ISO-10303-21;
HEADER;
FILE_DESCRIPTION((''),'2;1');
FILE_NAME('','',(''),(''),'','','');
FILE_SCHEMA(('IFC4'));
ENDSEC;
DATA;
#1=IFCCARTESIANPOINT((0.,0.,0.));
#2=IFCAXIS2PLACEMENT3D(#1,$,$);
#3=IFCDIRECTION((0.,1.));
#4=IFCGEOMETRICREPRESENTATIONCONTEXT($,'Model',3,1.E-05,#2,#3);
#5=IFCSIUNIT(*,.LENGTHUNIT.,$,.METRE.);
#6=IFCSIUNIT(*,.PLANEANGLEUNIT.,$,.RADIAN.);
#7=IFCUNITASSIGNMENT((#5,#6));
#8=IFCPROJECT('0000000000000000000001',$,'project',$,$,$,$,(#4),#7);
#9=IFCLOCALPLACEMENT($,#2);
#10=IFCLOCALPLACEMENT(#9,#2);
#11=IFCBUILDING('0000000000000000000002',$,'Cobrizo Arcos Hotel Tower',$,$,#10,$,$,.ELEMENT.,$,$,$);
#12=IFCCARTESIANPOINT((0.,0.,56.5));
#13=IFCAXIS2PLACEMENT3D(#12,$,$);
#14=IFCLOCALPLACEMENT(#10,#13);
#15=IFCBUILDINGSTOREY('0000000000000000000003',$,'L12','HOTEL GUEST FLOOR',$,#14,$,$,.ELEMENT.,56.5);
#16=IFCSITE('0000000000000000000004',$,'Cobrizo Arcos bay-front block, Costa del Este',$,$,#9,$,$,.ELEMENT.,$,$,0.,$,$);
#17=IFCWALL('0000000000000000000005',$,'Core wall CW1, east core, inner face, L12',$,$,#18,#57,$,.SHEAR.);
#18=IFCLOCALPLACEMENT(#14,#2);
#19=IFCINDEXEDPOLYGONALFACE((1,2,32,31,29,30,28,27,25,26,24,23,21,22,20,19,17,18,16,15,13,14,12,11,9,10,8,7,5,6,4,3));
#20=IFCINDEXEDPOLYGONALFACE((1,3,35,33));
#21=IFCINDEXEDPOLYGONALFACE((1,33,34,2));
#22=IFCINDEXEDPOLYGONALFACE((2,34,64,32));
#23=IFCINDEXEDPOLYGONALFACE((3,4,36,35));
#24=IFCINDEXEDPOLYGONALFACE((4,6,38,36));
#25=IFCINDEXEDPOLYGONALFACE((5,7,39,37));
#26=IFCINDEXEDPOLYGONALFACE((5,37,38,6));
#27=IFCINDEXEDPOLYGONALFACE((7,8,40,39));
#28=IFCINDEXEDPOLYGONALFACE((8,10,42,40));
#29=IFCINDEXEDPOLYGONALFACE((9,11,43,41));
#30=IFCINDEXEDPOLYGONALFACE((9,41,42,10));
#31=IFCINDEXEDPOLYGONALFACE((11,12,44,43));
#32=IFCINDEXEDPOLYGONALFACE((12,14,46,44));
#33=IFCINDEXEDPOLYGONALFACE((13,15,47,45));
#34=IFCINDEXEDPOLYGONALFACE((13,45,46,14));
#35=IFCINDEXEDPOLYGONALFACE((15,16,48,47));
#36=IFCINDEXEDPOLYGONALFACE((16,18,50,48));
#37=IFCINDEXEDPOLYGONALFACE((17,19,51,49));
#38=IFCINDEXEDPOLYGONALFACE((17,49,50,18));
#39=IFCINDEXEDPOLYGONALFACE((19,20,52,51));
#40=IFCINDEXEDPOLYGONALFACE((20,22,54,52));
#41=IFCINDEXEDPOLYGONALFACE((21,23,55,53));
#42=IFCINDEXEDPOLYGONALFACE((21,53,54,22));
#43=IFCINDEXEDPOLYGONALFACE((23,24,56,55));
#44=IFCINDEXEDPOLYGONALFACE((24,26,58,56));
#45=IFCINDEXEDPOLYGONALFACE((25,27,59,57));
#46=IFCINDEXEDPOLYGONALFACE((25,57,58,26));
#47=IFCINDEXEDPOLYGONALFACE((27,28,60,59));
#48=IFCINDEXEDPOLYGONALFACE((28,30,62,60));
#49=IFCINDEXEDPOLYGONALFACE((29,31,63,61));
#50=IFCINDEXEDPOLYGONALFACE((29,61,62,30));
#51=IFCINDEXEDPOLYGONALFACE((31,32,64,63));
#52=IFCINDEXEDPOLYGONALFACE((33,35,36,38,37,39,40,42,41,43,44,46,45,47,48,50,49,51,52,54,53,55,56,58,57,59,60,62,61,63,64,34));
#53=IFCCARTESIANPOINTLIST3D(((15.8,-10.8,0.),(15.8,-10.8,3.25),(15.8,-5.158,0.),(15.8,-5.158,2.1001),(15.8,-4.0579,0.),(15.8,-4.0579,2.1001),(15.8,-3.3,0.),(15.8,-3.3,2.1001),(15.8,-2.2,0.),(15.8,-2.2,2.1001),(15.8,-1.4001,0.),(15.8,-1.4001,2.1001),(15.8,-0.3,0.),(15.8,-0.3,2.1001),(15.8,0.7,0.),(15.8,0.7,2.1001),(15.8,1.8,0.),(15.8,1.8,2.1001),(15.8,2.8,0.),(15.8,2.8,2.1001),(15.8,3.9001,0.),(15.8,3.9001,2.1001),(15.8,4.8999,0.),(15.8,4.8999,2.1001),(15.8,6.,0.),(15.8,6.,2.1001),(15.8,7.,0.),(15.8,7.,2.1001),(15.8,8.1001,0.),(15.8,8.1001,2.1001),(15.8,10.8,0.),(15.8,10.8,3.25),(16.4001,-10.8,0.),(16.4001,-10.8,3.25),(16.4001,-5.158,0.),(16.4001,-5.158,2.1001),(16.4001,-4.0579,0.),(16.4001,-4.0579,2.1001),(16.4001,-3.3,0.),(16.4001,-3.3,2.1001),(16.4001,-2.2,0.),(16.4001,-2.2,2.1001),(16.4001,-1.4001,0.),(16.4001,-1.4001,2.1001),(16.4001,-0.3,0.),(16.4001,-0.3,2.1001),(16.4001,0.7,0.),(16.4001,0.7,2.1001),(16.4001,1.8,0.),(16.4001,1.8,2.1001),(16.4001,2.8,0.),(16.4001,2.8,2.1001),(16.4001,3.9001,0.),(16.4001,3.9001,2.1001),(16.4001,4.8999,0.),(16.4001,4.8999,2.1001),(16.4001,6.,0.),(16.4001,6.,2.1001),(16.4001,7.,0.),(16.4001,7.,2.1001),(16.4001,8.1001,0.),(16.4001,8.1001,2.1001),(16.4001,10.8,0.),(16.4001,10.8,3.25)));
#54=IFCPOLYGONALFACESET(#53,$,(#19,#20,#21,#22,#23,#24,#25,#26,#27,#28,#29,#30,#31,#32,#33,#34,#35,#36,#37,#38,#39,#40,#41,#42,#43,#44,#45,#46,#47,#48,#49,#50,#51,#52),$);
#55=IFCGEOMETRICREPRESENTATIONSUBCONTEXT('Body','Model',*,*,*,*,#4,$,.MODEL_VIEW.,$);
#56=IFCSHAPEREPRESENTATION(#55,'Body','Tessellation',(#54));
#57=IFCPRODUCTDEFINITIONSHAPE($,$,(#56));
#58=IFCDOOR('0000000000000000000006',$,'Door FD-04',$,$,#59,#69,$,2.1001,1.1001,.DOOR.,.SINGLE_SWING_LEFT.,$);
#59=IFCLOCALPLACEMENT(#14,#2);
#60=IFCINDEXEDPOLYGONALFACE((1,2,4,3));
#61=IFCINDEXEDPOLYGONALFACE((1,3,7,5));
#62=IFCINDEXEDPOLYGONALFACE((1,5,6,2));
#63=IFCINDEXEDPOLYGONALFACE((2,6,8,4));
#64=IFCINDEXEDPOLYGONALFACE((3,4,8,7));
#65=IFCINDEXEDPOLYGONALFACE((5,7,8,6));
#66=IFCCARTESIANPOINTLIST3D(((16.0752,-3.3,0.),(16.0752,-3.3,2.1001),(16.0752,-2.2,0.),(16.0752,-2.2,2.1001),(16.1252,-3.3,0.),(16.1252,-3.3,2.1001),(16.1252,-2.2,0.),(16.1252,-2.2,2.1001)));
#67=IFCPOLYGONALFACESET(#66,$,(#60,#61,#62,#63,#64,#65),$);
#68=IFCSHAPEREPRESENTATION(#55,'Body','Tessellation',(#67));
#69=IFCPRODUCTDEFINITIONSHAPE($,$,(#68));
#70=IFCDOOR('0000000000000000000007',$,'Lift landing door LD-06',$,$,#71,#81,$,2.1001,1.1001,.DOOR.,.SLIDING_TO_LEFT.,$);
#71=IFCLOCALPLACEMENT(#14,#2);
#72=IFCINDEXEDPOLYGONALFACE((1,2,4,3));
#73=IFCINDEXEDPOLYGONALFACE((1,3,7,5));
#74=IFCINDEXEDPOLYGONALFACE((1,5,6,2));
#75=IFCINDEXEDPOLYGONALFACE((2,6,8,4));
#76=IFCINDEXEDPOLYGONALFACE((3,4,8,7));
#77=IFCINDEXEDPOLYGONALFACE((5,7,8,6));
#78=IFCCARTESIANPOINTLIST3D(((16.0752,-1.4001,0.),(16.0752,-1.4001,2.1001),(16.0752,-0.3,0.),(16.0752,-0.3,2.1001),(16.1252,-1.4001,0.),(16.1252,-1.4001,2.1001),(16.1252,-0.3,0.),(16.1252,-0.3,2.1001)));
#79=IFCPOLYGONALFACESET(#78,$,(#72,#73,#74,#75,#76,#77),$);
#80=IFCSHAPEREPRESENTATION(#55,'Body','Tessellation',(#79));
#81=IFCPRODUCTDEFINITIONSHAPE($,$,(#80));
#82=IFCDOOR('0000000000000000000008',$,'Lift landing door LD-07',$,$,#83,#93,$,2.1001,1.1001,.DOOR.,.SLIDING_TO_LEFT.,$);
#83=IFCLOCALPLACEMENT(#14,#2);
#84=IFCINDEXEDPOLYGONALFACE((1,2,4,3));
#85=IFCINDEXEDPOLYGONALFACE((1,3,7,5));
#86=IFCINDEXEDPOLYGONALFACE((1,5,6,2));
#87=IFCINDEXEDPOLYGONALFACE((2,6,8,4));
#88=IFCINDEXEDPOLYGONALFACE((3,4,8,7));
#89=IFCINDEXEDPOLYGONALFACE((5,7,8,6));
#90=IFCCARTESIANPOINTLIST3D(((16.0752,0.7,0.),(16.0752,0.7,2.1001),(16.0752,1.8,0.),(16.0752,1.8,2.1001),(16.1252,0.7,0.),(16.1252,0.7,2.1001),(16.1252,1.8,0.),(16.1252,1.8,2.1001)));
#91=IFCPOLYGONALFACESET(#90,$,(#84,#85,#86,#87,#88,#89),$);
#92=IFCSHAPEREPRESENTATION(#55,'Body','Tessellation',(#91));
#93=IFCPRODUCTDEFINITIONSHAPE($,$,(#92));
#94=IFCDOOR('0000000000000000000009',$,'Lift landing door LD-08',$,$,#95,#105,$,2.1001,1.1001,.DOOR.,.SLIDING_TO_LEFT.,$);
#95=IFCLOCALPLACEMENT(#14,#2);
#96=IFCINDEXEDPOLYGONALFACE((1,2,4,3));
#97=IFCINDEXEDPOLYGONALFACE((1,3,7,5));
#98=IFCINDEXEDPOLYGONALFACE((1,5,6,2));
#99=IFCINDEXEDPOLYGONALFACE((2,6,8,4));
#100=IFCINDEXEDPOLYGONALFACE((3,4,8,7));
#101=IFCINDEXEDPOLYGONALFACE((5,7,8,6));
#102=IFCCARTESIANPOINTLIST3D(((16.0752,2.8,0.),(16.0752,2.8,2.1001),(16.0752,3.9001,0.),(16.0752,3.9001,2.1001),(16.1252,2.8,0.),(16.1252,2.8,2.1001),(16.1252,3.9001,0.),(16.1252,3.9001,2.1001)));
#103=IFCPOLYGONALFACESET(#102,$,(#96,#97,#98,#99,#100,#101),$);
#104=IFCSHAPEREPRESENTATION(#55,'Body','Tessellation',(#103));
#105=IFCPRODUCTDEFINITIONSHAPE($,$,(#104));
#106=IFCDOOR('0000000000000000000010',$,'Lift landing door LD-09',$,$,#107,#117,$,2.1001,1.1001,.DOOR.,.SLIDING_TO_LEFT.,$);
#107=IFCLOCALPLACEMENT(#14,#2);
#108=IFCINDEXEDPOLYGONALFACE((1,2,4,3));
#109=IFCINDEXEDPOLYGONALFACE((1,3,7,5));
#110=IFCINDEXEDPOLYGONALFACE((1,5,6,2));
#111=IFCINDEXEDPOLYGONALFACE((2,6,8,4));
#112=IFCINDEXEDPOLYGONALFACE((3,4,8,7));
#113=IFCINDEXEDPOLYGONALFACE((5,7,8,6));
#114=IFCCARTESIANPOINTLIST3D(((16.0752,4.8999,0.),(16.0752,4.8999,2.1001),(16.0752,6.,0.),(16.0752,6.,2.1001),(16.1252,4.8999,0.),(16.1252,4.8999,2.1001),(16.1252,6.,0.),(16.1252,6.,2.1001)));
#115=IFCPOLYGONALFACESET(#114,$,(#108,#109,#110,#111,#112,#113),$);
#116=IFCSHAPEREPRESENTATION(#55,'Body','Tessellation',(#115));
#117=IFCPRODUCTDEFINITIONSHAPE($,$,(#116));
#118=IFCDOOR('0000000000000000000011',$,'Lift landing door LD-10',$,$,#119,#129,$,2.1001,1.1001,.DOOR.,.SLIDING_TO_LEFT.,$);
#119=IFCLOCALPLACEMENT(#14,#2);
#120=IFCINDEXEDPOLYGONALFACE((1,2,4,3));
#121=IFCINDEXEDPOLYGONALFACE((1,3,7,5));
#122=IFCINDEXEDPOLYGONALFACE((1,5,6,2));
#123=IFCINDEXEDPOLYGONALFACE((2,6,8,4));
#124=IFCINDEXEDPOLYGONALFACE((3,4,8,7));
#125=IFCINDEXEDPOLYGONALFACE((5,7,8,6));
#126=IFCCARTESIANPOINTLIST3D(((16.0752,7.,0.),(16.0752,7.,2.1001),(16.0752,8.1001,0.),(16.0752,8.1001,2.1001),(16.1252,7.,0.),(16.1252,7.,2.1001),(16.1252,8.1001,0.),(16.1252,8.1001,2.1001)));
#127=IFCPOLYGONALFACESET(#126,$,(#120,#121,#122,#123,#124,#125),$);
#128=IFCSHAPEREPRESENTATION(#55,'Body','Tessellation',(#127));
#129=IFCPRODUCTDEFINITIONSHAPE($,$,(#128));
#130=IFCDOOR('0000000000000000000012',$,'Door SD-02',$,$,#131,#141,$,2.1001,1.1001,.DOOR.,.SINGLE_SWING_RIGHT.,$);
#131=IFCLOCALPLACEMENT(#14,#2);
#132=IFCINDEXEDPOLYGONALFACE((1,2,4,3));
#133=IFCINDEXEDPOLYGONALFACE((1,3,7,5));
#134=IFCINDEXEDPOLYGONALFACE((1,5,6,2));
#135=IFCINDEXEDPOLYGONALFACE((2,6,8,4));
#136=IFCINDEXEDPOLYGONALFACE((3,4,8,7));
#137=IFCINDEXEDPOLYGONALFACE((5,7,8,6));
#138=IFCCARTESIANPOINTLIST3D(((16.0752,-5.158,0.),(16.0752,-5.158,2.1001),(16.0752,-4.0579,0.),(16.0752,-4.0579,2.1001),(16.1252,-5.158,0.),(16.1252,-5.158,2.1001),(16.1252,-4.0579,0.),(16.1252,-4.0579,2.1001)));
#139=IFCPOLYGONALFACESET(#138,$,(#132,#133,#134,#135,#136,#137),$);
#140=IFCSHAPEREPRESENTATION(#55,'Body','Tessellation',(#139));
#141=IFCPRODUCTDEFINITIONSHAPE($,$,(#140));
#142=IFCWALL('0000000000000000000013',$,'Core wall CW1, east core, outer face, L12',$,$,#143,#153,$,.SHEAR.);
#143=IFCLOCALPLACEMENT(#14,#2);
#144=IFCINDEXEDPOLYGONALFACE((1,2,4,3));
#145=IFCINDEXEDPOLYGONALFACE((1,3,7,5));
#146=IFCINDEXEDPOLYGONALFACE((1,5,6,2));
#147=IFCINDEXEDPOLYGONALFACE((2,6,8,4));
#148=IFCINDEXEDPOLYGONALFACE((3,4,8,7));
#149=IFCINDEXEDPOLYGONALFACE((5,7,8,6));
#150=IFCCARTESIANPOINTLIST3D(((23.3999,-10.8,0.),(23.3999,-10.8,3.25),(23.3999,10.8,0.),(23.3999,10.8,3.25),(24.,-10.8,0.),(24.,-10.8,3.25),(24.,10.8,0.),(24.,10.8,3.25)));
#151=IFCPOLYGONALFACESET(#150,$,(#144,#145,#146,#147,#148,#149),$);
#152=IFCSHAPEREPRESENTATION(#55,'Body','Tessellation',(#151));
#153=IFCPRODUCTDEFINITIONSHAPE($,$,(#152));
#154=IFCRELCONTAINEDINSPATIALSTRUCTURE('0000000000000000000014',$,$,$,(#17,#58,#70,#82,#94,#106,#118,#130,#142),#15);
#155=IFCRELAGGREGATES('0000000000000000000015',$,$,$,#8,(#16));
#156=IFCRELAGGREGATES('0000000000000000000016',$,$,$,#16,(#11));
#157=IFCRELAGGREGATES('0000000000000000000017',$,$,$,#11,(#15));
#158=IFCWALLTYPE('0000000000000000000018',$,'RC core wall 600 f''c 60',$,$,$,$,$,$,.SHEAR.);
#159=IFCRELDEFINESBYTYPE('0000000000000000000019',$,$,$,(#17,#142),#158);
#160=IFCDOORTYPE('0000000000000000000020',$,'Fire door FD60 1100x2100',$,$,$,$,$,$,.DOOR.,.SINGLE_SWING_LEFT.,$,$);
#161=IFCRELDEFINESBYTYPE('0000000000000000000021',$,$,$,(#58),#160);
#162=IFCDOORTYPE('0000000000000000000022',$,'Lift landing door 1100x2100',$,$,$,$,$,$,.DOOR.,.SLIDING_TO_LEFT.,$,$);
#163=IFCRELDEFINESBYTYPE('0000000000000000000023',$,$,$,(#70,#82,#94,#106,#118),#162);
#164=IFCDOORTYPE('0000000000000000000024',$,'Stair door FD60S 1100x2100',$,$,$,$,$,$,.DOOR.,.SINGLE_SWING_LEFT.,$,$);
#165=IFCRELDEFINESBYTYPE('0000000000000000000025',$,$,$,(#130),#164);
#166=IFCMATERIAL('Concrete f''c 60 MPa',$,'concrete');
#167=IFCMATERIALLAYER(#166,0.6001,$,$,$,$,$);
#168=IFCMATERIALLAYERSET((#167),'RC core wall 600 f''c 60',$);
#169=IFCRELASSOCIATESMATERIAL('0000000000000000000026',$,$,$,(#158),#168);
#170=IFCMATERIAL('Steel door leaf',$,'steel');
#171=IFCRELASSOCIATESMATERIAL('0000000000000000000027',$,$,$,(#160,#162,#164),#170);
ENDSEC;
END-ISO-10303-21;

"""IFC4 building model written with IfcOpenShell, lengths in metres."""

from ifc_helpers import new_model, si_unit, direction, frame, frame_2d, origin, place, context, subcontext, project, spatial, rectangle, extrude, material, layer, layer_set, type_object, element, fill, save


model = new_model("IFC4")

# Units and contexts
model_context = context("Model", 3, precision=1e-05, world=origin(), true_north=direction((0.0, 1.0)))
body_context = subcontext(model_context, "Body", "Model", "MODEL_VIEW")
ifc_project = project(units=[si_unit("LENGTHUNIT", "METRE"), si_unit("PLANEANGLEUNIT", "RADIAN")], contexts=[model_context])

# Site, building, storey
site_placement = place(None, origin())
site = spatial("IfcSite", under=ifc_project, at=site_placement, Name="Cobrizo Arcos bay-front block, Costa del Este", CompositionType="ELEMENT", RefElevation=0.0)
building_placement = place(site_placement, origin())
building = spatial("IfcBuilding", under=site, at=building_placement, Name="Cobrizo Arcos Hotel Tower", CompositionType="ELEMENT")
storey_placement = place(building_placement, frame((0.0, 0.0, 56.5)))
storey = spatial("IfcBuildingStorey", under=building, at=storey_placement, Name="L12", Description="HOTEL GUEST FLOOR", CompositionType="ELEMENT", Elevation=56.5)

# Wall, openings, doors
ifc_material_1 = material(Name="Concrete f'c 60 MPa", Category="concrete")
ifc_layer_1 = layer(ifc_material_1, 0.6001)
ifc_layer_set_1 = layer_set([ifc_layer_1], Name="RC core wall 600 f'c 60")
wall_type_1 = type_object("IfcWallType", Name="RC core wall 600 f'c 60", PredefinedType="SHEAR", material=ifc_layer_set_1)
wall_1_placement = place(storey_placement, frame((16.1001, -10.8, 0.0), z_axis=(0.0, 0.0, 1.0), x_axis=(0.0, 1.0, 0.0)))
wall_1 = element("IfcWall", 1, at=wall_1_placement, inside=storey, type_object=wall_type_1, Name="Core wall CW1, east core, inner face, L12", PredefinedType="SHEAR", context=body_context, shape_type="SweptSolid", body=[
    extrude(rectangle(XDim=21.6001, YDim=0.6001, at=frame_2d((10.8, 0.0))), origin(), (0.0, 0.0, 1.0), 3.25),
])
opening_1_placement = place(wall_1_placement, frame((9.3999, 0.0, 0.0)))
opening_1 = element("IfcOpeningElement", 2, at=opening_1_placement, cuts=wall_1, PredefinedType="OPENING", context=body_context, shape_type="SweptSolid", body=[
    extrude(rectangle(XDim=1.1001, YDim=2.1001, at=frame_2d((0.55, 1.05))), frame((0.0, 0.312, 0.0), z_axis=(0.0, -1.0, 0.0), x_axis=(1.0, 0.0, 0.0)), (0.0, 0.0, 1.0), 0.624),
])
opening_2_placement = place(wall_1_placement, frame((11.5, 0.0, 0.0)))
opening_2 = element("IfcOpeningElement", 3, at=opening_2_placement, cuts=wall_1, PredefinedType="OPENING", context=body_context, shape_type="SweptSolid", body=[
    extrude(rectangle(XDim=1.1001, YDim=2.1001, at=frame_2d((0.55, 1.05))), frame((0.0, 0.312, 0.0), z_axis=(0.0, -1.0, 0.0), x_axis=(1.0, 0.0, 0.0)), (0.0, 0.0, 1.0), 0.624),
])
opening_3_placement = place(wall_1_placement, frame((13.6001, 0.0, 0.0)))
opening_3 = element("IfcOpeningElement", 4, at=opening_3_placement, cuts=wall_1, PredefinedType="OPENING", context=body_context, shape_type="SweptSolid", body=[
    extrude(rectangle(XDim=1.1001, YDim=2.1001, at=frame_2d((0.55, 1.05))), frame((0.0, 0.312, 0.0), z_axis=(0.0, -1.0, 0.0), x_axis=(1.0, 0.0, 0.0)), (0.0, 0.0, 1.0), 0.624),
])
opening_4_placement = place(wall_1_placement, frame((15.7, 0.0, 0.0)))
opening_4 = element("IfcOpeningElement", 5, at=opening_4_placement, cuts=wall_1, PredefinedType="OPENING", context=body_context, shape_type="SweptSolid", body=[
    extrude(rectangle(XDim=1.1001, YDim=2.1001, at=frame_2d((0.55, 1.05))), frame((0.0, 0.312, 0.0), z_axis=(0.0, -1.0, 0.0), x_axis=(1.0, 0.0, 0.0)), (0.0, 0.0, 1.0), 0.624),
])
opening_5_placement = place(wall_1_placement, frame((17.8, 0.0, 0.0)))
opening_5 = element("IfcOpeningElement", 6, at=opening_5_placement, cuts=wall_1, PredefinedType="OPENING", context=body_context, shape_type="SweptSolid", body=[
    extrude(rectangle(XDim=1.1001, YDim=2.1001, at=frame_2d((0.55, 1.05))), frame((0.0, 0.312, 0.0), z_axis=(0.0, -1.0, 0.0), x_axis=(1.0, 0.0, 0.0)), (0.0, 0.0, 1.0), 0.624),
])
opening_6_placement = place(wall_1_placement, frame((5.6421, 0.0, 0.0)))
opening_6 = element("IfcOpeningElement", 7, at=opening_6_placement, cuts=wall_1, PredefinedType="OPENING", context=body_context, shape_type="SweptSolid", body=[
    extrude(rectangle(XDim=1.1001, YDim=2.1001, at=frame_2d((0.55, 1.05))), frame((0.0, 0.312, 0.0), z_axis=(0.0, -1.0, 0.0), x_axis=(1.0, 0.0, 0.0)), (0.0, 0.0, 1.0), 0.624),
])
opening_7_placement = place(wall_1_placement, frame((7.5, 0.0, 0.0)))
opening_7 = element("IfcOpeningElement", 8, at=opening_7_placement, cuts=wall_1, PredefinedType="OPENING", context=body_context, shape_type="SweptSolid", body=[
    extrude(rectangle(XDim=1.1001, YDim=2.1001, at=frame_2d((0.55, 1.05))), frame((0.0, 0.312, 0.0), z_axis=(0.0, -1.0, 0.0), x_axis=(1.0, 0.0, 0.0)), (0.0, 0.0, 1.0), 0.624),
])
ifc_material_2 = material(Name="Steel door leaf", Category="steel")
door_type_1 = type_object("IfcDoorType", Name="Fire door FD60 1100x2100", OperationType="SINGLE_SWING_LEFT", PredefinedType="DOOR", material=ifc_material_2)
door_1_placement = place(opening_7_placement, origin())
door_1 = element("IfcDoor", 9, at=door_1_placement, inside=storey, type_object=door_type_1, Name="Door FD-04", OperationType="SINGLE_SWING_LEFT", OverallHeight=2.1001, OverallWidth=1.1001, PredefinedType="DOOR", context=body_context, shape_type="SweptSolid", body=[
    extrude(rectangle(XDim=1.1001, YDim=2.1001, at=frame_2d((0.55, 1.05))), frame((0.0, 0.0249, 0.0), z_axis=(0.0, -1.0, 0.0), x_axis=(1.0, 0.0, 0.0)), (0.0, 0.0, 1.0), 0.05),
])
fill(opening_7, door_1)
door_type_2 = type_object("IfcDoorType", Name="Lift landing door 1100x2100", OperationType="SLIDING_TO_LEFT", PredefinedType="DOOR", material=ifc_material_2)
door_2_placement = place(opening_1_placement, origin())
door_2 = element("IfcDoor", 10, at=door_2_placement, inside=storey, type_object=door_type_2, Name="Lift landing door LD-06", OperationType="SLIDING_TO_LEFT", OverallHeight=2.1001, OverallWidth=1.1001, PredefinedType="DOOR", context=body_context, shape_type="SweptSolid", body=[
    extrude(rectangle(XDim=1.1001, YDim=2.1001, at=frame_2d((0.55, 1.05))), frame((0.0, 0.0249, 0.0), z_axis=(0.0, -1.0, 0.0), x_axis=(1.0, 0.0, 0.0)), (0.0, 0.0, 1.0), 0.05),
])
fill(opening_1, door_2)
door_3_placement = place(opening_2_placement, origin())
door_3 = element("IfcDoor", 11, at=door_3_placement, inside=storey, type_object=door_type_2, Name="Lift landing door LD-07", OperationType="SLIDING_TO_LEFT", OverallHeight=2.1001, OverallWidth=1.1001, PredefinedType="DOOR", context=body_context, shape_type="SweptSolid", body=[
    extrude(rectangle(XDim=1.1001, YDim=2.1001, at=frame_2d((0.55, 1.05))), frame((0.0, 0.0249, 0.0), z_axis=(0.0, -1.0, 0.0), x_axis=(1.0, 0.0, 0.0)), (0.0, 0.0, 1.0), 0.05),
])
fill(opening_2, door_3)
door_4_placement = place(opening_3_placement, origin())
door_4 = element("IfcDoor", 12, at=door_4_placement, inside=storey, type_object=door_type_2, Name="Lift landing door LD-08", OperationType="SLIDING_TO_LEFT", OverallHeight=2.1001, OverallWidth=1.1001, PredefinedType="DOOR", context=body_context, shape_type="SweptSolid", body=[
    extrude(rectangle(XDim=1.1001, YDim=2.1001, at=frame_2d((0.55, 1.05))), frame((0.0, 0.0249, 0.0), z_axis=(0.0, -1.0, 0.0), x_axis=(1.0, 0.0, 0.0)), (0.0, 0.0, 1.0), 0.05),
])
fill(opening_3, door_4)
door_5_placement = place(opening_4_placement, origin())
door_5 = element("IfcDoor", 13, at=door_5_placement, inside=storey, type_object=door_type_2, Name="Lift landing door LD-09", OperationType="SLIDING_TO_LEFT", OverallHeight=2.1001, OverallWidth=1.1001, PredefinedType="DOOR", context=body_context, shape_type="SweptSolid", body=[
    extrude(rectangle(XDim=1.1001, YDim=2.1001, at=frame_2d((0.55, 1.05))), frame((0.0, 0.0249, 0.0), z_axis=(0.0, -1.0, 0.0), x_axis=(1.0, 0.0, 0.0)), (0.0, 0.0, 1.0), 0.05),
])
fill(opening_4, door_5)
door_6_placement = place(opening_5_placement, origin())
door_6 = element("IfcDoor", 14, at=door_6_placement, inside=storey, type_object=door_type_2, Name="Lift landing door LD-10", OperationType="SLIDING_TO_LEFT", OverallHeight=2.1001, OverallWidth=1.1001, PredefinedType="DOOR", context=body_context, shape_type="SweptSolid", body=[
    extrude(rectangle(XDim=1.1001, YDim=2.1001, at=frame_2d((0.55, 1.05))), frame((0.0, 0.0249, 0.0), z_axis=(0.0, -1.0, 0.0), x_axis=(1.0, 0.0, 0.0)), (0.0, 0.0, 1.0), 0.05),
])
fill(opening_5, door_6)
door_type_3 = type_object("IfcDoorType", Name="Stair door FD60S 1100x2100", OperationType="SINGLE_SWING_LEFT", PredefinedType="DOOR", material=ifc_material_2)
door_7_placement = place(opening_6_placement, origin())
door_7 = element("IfcDoor", 15, at=door_7_placement, inside=storey, type_object=door_type_3, Name="Door SD-02", OperationType="SINGLE_SWING_RIGHT", OverallHeight=2.1001, OverallWidth=1.1001, PredefinedType="DOOR", context=body_context, shape_type="SweptSolid", body=[
    extrude(rectangle(XDim=1.1001, YDim=2.1001, at=frame_2d((0.55, 1.05))), frame((0.0, 0.0249, 0.0), z_axis=(0.0, -1.0, 0.0), x_axis=(1.0, 0.0, 0.0)), (0.0, 0.0, 1.0), 0.05),
])
fill(opening_6, door_7)

# Wall
wall_2_placement = place(storey_placement, frame((23.7, -10.8, 0.0), z_axis=(0.0, 0.0, 1.0), x_axis=(0.0, 1.0, 0.0)))
element("IfcWall", 16, at=wall_2_placement, inside=storey, type_object=wall_type_1, Name="Core wall CW1, east core, outer face, L12", PredefinedType="SHEAR", context=body_context, shape_type="SweptSolid", body=[
    extrude(rectangle(XDim=21.6001, YDim=0.6001, at=frame_2d((10.8, 0.0))), origin(), (0.0, 0.0, 1.0), 3.25),
])

save(model, "model.ifc")
